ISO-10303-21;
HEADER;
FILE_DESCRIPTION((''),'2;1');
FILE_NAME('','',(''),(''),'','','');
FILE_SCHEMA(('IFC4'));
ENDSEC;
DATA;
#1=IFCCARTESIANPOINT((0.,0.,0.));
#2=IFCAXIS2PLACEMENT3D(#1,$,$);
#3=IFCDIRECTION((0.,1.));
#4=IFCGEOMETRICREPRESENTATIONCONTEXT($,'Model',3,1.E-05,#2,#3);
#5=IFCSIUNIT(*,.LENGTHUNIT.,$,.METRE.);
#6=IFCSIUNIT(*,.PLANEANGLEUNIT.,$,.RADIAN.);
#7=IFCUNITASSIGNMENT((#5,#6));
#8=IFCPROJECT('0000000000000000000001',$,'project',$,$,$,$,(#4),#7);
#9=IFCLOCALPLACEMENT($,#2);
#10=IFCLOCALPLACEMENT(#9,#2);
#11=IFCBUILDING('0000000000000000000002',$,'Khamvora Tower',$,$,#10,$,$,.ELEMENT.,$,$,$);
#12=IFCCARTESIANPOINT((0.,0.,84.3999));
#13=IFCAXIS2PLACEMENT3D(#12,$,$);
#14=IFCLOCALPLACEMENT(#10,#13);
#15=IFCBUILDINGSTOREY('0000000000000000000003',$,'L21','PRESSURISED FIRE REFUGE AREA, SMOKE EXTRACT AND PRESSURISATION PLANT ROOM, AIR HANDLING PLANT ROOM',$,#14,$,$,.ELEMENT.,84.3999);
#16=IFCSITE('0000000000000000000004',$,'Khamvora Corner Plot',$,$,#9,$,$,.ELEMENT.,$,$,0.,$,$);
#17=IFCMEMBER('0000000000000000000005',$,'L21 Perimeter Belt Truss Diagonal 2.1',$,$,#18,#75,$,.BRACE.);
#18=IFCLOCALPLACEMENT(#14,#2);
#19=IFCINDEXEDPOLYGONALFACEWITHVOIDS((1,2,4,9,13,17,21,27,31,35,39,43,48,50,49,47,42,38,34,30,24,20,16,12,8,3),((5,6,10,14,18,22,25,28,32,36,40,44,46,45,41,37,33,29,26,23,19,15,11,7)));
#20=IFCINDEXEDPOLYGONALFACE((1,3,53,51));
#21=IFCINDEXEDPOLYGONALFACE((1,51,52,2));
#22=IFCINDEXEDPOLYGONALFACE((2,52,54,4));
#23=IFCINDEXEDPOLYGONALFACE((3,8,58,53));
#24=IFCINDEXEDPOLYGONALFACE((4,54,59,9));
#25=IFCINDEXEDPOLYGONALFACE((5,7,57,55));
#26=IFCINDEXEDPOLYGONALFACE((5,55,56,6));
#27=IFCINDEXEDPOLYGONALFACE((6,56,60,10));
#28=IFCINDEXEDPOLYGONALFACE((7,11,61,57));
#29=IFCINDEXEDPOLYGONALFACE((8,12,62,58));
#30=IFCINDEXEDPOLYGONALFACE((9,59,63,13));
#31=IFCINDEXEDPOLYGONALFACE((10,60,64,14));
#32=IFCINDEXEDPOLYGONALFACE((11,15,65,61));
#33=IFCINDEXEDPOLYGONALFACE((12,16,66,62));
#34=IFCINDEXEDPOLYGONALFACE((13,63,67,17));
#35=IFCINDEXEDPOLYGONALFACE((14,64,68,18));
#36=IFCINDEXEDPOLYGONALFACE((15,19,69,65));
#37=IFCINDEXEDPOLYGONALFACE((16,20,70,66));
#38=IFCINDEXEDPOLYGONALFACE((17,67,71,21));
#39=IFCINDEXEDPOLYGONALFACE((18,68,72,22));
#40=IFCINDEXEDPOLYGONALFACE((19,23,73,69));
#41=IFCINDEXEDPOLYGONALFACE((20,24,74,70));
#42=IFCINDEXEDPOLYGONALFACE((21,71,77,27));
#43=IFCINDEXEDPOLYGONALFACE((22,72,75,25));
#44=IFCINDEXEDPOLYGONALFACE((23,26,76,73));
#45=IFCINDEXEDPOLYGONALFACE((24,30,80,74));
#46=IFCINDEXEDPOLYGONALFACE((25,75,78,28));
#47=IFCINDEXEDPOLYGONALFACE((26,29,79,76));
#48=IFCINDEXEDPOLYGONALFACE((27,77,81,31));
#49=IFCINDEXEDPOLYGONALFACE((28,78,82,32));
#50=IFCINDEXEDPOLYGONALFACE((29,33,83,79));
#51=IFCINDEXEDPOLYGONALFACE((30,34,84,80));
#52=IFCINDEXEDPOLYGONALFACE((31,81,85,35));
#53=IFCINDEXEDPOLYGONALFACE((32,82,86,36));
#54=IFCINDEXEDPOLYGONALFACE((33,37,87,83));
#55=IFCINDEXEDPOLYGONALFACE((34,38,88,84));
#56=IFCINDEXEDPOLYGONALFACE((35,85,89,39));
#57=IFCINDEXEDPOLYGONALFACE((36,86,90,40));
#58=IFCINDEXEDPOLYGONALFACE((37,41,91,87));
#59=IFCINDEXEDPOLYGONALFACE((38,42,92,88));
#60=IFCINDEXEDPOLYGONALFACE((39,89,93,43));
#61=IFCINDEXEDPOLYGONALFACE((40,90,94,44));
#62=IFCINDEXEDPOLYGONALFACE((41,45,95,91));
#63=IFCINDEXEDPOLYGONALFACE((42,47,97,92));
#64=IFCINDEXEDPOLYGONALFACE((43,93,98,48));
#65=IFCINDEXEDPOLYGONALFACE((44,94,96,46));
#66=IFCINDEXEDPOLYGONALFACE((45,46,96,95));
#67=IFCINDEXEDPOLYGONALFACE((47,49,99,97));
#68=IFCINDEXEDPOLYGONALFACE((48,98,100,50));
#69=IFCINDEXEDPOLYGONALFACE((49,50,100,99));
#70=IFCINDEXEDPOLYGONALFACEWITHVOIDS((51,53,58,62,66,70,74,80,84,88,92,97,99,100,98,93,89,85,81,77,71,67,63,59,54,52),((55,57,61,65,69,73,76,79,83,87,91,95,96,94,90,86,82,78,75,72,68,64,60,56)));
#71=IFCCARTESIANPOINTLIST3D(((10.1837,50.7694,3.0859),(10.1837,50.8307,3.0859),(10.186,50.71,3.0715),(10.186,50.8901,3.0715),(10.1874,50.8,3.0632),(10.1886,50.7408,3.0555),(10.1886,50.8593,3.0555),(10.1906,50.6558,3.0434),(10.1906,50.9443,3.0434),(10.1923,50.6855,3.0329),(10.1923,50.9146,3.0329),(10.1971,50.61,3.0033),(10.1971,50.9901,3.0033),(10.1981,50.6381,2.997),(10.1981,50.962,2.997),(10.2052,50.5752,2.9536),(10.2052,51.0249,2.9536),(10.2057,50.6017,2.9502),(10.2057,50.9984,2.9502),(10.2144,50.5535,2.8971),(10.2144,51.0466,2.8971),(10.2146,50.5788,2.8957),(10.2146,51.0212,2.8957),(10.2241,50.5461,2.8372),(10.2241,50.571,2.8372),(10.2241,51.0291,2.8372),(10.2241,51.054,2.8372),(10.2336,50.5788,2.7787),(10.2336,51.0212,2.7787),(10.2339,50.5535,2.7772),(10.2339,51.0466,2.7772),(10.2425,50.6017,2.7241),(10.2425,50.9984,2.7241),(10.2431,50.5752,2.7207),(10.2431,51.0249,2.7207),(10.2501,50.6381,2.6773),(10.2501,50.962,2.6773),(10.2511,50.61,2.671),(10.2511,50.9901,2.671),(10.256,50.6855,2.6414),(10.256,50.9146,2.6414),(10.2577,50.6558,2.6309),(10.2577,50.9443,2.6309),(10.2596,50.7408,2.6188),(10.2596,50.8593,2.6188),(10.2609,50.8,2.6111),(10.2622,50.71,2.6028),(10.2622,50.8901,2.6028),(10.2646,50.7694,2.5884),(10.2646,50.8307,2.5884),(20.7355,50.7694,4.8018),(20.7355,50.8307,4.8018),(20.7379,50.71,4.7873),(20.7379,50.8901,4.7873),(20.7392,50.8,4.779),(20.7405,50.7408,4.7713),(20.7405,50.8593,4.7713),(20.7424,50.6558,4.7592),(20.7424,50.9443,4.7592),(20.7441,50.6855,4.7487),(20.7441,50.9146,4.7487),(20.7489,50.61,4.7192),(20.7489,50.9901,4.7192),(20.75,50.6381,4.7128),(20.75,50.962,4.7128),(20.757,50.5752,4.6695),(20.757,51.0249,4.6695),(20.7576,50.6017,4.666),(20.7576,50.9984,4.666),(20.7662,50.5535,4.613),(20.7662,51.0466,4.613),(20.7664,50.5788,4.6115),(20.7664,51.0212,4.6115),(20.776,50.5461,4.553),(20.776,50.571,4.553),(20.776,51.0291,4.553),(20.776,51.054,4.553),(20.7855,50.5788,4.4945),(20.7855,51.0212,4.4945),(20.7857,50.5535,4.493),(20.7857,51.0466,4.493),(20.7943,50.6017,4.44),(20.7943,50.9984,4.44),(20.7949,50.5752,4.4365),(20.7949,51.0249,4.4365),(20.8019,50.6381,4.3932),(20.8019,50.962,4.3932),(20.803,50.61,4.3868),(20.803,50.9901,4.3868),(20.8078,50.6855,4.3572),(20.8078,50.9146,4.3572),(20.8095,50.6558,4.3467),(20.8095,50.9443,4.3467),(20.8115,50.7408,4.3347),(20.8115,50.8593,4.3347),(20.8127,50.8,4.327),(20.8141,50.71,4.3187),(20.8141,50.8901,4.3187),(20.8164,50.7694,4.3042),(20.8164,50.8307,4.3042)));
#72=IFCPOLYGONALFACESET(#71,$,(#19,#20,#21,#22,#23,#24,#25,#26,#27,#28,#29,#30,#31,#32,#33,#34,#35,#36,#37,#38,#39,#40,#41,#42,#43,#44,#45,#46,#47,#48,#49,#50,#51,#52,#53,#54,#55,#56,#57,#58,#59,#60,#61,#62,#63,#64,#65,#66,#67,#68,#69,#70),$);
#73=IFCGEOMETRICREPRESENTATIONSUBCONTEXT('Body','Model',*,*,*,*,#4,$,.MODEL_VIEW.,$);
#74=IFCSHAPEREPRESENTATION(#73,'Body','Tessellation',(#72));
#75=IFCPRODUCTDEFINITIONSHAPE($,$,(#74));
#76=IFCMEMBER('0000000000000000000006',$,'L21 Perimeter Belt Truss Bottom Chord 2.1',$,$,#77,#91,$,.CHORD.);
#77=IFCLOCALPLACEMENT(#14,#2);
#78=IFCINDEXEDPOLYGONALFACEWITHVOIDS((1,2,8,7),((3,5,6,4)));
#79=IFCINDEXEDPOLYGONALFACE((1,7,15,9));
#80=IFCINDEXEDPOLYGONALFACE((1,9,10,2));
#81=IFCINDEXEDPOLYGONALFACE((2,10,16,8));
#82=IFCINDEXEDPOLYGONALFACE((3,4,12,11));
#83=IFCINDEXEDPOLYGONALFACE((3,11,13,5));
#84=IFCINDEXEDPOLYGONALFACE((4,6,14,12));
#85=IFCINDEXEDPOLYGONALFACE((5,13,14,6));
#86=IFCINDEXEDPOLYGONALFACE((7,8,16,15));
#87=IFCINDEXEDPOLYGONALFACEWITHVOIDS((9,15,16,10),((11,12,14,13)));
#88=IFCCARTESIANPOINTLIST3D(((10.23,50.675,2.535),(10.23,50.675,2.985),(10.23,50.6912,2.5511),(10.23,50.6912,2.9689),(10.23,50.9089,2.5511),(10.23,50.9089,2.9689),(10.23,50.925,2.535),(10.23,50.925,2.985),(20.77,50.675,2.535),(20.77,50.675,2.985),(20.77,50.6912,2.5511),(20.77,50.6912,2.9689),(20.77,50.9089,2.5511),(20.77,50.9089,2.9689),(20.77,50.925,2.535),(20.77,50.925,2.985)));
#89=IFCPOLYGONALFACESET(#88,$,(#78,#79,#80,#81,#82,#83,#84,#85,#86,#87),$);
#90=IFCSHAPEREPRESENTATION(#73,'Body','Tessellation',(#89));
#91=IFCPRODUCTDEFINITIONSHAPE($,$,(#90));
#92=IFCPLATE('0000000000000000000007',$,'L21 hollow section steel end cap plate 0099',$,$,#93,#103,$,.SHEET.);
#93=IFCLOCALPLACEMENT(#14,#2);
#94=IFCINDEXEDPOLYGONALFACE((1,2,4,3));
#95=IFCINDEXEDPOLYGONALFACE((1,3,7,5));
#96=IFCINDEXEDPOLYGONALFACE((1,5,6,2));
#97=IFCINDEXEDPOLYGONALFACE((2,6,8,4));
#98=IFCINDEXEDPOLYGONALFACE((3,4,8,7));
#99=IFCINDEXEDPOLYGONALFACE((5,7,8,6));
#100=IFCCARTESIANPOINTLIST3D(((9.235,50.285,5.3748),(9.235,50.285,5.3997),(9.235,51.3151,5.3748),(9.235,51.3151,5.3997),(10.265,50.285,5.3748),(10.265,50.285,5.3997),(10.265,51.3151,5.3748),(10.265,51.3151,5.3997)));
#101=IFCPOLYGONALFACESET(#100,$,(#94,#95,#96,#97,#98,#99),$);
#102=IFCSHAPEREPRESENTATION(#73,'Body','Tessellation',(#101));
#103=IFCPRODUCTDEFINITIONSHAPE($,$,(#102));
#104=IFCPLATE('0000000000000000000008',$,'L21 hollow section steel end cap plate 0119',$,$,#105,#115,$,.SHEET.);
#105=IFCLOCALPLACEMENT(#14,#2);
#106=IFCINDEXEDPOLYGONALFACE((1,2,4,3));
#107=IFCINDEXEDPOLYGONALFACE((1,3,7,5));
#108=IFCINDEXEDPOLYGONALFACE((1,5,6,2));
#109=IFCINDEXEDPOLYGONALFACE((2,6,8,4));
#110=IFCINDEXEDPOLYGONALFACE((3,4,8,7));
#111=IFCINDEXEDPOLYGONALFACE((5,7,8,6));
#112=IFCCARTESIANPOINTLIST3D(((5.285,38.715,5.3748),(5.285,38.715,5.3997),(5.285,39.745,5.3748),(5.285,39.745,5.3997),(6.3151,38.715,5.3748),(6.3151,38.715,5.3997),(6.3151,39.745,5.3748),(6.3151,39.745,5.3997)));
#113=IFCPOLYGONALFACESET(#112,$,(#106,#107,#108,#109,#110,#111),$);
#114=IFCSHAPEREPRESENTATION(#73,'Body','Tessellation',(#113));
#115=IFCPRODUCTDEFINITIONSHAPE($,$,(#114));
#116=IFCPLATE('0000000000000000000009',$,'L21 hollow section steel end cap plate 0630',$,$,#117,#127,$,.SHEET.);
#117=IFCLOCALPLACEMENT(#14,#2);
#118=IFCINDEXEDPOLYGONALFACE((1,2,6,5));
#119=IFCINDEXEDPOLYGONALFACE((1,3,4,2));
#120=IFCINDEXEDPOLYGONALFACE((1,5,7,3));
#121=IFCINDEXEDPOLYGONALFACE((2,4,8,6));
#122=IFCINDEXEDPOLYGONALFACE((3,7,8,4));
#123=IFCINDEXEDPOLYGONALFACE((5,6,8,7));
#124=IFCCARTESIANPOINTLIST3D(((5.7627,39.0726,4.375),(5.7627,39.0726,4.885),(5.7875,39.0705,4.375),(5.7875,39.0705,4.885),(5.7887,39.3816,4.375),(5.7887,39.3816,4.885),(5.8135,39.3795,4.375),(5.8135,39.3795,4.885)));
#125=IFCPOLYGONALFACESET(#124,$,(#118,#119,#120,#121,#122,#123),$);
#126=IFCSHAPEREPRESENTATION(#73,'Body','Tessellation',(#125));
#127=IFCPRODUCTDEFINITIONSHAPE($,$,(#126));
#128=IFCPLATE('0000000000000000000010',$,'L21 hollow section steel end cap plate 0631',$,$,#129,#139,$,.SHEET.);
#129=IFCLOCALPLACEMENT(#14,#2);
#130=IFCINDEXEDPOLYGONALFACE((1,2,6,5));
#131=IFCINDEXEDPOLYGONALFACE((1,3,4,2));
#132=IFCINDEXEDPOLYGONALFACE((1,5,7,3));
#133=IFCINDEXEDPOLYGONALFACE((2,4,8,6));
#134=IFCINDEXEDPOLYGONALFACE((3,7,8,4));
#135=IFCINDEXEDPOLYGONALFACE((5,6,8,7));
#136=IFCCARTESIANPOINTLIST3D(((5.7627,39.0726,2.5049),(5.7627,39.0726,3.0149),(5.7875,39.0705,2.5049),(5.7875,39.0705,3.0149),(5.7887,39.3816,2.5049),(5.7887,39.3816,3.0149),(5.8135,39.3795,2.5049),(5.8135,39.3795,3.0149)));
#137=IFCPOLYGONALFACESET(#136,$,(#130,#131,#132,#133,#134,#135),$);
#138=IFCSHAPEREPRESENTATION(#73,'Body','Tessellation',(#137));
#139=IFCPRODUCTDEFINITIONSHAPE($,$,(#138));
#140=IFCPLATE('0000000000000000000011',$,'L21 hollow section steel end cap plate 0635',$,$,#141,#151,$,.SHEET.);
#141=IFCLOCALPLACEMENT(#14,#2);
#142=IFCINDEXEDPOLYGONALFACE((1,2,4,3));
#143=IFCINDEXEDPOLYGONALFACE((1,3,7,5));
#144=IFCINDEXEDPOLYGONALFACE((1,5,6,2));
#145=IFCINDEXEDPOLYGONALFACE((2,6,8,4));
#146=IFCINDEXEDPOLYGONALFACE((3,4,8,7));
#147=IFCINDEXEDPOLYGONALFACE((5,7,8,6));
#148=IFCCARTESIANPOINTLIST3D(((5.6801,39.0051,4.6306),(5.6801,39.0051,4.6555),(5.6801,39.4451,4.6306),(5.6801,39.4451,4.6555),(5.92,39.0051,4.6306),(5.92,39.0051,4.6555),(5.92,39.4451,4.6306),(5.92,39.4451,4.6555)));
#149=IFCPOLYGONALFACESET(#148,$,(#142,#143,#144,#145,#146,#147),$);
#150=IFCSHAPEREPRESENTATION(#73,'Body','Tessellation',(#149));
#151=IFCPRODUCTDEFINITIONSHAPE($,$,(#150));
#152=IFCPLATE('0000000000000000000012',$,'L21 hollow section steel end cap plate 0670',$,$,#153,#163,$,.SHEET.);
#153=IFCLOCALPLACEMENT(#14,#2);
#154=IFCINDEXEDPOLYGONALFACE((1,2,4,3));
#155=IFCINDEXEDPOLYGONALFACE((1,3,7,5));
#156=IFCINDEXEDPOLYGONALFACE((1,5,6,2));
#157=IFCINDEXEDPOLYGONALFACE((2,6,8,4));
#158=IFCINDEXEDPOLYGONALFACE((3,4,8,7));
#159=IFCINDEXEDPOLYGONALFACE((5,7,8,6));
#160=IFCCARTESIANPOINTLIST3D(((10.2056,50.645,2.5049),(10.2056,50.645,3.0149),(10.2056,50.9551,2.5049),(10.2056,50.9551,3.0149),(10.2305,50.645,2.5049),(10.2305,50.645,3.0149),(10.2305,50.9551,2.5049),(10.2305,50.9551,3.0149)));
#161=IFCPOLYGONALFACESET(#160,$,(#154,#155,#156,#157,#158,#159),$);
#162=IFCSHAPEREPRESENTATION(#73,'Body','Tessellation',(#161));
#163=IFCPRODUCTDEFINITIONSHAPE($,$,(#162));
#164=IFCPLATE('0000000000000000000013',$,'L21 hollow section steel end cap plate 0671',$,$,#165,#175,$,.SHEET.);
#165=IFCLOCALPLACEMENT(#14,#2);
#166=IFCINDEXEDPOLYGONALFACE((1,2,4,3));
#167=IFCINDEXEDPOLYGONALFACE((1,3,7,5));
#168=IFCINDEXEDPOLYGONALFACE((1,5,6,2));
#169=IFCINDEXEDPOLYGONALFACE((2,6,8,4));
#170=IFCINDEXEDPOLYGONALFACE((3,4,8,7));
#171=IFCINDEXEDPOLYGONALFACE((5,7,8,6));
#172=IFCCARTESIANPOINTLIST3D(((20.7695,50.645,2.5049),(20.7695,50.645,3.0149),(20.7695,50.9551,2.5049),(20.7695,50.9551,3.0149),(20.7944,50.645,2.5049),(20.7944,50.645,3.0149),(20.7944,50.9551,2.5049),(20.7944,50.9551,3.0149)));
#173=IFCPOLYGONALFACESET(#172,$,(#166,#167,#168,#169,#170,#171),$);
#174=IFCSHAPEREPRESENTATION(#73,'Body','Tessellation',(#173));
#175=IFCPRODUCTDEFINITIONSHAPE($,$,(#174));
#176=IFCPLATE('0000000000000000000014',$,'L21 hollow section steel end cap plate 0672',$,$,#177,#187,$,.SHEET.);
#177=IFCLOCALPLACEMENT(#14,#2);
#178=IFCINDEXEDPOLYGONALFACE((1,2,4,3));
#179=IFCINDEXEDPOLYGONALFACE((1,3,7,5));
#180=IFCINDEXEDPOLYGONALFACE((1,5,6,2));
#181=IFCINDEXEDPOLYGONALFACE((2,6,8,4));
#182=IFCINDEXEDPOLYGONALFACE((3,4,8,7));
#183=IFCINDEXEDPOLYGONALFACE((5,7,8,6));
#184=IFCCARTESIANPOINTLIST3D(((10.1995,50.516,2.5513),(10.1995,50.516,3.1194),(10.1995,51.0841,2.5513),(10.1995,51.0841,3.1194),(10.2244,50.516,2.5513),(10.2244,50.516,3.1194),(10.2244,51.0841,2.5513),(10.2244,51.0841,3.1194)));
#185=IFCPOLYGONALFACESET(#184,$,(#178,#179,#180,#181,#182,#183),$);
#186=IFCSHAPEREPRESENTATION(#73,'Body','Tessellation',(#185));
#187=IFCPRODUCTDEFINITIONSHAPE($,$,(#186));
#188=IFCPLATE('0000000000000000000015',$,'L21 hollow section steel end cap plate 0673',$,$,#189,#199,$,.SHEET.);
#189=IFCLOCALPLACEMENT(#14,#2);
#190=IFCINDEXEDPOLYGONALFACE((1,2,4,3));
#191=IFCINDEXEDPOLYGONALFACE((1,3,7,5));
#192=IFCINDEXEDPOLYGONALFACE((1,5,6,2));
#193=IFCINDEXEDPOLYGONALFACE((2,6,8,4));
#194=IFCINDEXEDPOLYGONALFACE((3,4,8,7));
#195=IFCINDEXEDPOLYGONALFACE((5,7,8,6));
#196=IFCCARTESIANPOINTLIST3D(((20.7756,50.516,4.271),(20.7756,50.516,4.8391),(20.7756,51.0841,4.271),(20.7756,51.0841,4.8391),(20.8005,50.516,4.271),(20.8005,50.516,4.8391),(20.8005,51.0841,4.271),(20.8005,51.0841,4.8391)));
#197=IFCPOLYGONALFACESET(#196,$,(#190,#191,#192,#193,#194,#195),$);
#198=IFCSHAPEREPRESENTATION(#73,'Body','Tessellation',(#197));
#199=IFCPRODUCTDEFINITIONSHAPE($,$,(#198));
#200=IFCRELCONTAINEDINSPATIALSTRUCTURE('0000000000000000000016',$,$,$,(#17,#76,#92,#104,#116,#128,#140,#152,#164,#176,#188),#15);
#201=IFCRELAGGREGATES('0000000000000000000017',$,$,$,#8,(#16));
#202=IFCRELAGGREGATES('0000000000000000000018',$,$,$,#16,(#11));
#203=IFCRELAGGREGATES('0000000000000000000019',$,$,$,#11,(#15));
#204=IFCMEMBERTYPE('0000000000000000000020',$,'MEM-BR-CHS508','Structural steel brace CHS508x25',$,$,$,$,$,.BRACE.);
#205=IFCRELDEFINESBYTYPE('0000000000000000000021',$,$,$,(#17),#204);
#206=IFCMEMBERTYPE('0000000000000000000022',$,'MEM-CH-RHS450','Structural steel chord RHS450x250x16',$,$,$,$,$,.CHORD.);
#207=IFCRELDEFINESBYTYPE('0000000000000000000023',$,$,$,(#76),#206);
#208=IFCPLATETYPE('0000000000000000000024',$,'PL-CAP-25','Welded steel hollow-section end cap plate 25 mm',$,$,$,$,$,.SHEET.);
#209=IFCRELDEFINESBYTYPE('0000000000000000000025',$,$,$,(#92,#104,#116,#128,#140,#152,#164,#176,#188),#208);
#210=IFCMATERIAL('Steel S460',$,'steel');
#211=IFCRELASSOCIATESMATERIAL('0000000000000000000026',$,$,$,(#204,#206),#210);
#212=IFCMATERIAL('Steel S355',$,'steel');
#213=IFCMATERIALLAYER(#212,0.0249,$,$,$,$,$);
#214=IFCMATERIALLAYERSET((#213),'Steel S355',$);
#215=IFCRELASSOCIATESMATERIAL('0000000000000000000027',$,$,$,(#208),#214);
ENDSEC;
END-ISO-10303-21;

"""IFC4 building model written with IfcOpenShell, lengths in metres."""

from ifc_helpers import new_model, si_unit, direction, frame, origin, origin_2d, place, context, subcontext, project, spatial, rectangle, hollow_rectangle, hollow_circle, extrude, material, layer, layer_set, material_profile, profile_set, type_object, element, save


model = new_model("IFC4")

# Units and contexts
model_context = context("Model", 3, precision=1e-05, world=origin(), true_north=direction((0.0, 1.0)))
body_context = subcontext(model_context, "Body", "Model", "MODEL_VIEW")
ifc_project = project(units=[si_unit("LENGTHUNIT", "METRE"), si_unit("PLANEANGLEUNIT", "RADIAN")], contexts=[model_context])

# Site, building, storey
site_placement = place(None, origin())
site = spatial("IfcSite", under=ifc_project, at=site_placement, Name="Khamvora Corner Plot", CompositionType="ELEMENT", RefElevation=0.0)
building_placement = place(site_placement, origin())
building = spatial("IfcBuilding", under=site, at=building_placement, Name="Khamvora Tower", CompositionType="ELEMENT")
storey_placement = place(building_placement, frame((0.0, 0.0, 84.3999)))
storey = spatial("IfcBuildingStorey", under=building, at=storey_placement, Name="L21", Description="PRESSURISED FIRE REFUGE AREA, SMOKE EXTRACT AND PRESSURISATION PLANT ROOM, AIR HANDLING PLANT ROOM", CompositionType="ELEMENT", Elevation=84.3999)

# Shared definitions
ifc_material_1 = material(Name="Steel S355", Category="steel")

# Shared definitions
ifc_material_2 = material(Name="Steel S460", Category="steel")

# Members
ifc_material_profile_1 = material_profile(ifc_material_2, hollow_circle(Radius=0.2539, WallThickness=0.0249, at=origin_2d()), Name="CHS508x25")
ifc_profile_set_1 = profile_set([ifc_material_profile_1], Name="Steel S460")
member_type_1 = type_object("IfcMemberType", Name="MEM-BR-CHS508", Description="Structural steel brace CHS508x25", PredefinedType="BRACE", material=ifc_profile_set_1)
member_1_placement = place(storey_placement, frame((10.2241, 50.8, 2.8372), z_axis=(0.987036, 0.0, 0.160502), x_axis=(0.0, 1.0, 0.0)))
element("IfcMember", 1, at=member_1_placement, inside=storey, type_object=member_type_1, Name="L21 Perimeter Belt Truss Diagonal 2.1", PredefinedType="BRACE", context=body_context, shape_type="SweptSolid", body=[
    extrude(hollow_circle(Radius=0.2539, WallThickness=0.0249, at=origin_2d()), origin(), (0.0, 0.0, 1.0), 10.6904),
])
ifc_material_profile_2 = material_profile(ifc_material_2, hollow_rectangle(XDim=0.25, YDim=0.45, WallThickness=0.0161, at=origin_2d()), Name="RHS450x250x16")
ifc_profile_set_2 = profile_set([ifc_material_profile_2], Name="Steel S460")
member_type_2 = type_object("IfcMemberType", Name="MEM-CH-RHS450", Description="Structural steel chord RHS450x250x16", PredefinedType="CHORD", material=ifc_profile_set_2)
member_2_placement = place(storey_placement, frame((10.23, 50.8, 2.76), z_axis=(1.0, 0.0, 0.0), x_axis=(0.0, 1.0, 0.0)))
element("IfcMember", 2, at=member_2_placement, inside=storey, type_object=member_type_2, Name="L21 Perimeter Belt Truss Bottom Chord 2.1", PredefinedType="CHORD", context=body_context, shape_type="SweptSolid", body=[
    extrude(hollow_rectangle(XDim=0.25, YDim=0.45, WallThickness=0.0161, at=origin_2d()), origin(), (0.0, 0.0, 1.0), 10.54),
])

# Plates
ifc_layer_1 = layer(ifc_material_1, 0.0249)
ifc_layer_set_1 = layer_set([ifc_layer_1], Name="Steel S355")
plate_type_1 = type_object("IfcPlateType", Name="PL-CAP-25", Description="Welded steel hollow-section end cap plate 25 mm", PredefinedType="SHEET", material=ifc_layer_set_1)
for number, where, z_axis, x_axis, name in (
    (3, (9.75, 50.8, 5.3748), (0.0, 0.0, 1.0), (1.0, 0.0, 0.0), "L21 hollow section steel end cap plate 0099"),
    (4, (5.8, 39.23, 5.3748), (0.0, 0.0, 1.0), (1.0, 0.0, 0.0), "L21 hollow section steel end cap plate 0119"),
):
    element("IfcPlate", number, at=place(storey_placement, frame(where, z_axis=z_axis, x_axis=x_axis)), inside=storey, type_object=plate_type_1, Name=name, PredefinedType="SHEET", context=body_context, shape_type="SweptSolid", body=[
        extrude(rectangle(XDim=1.03, YDim=1.03, at=origin_2d()), origin(), (0.0, 0.0, 1.0), 0.0249),
    ])
for number, where, z_axis, x_axis, name in (
    (5, (5.7881, 39.2261, 4.375), (0.0, 0.0, 1.0), (-0.996488, 0.08373, 0.0), "L21 hollow section steel end cap plate 0630"),
    (6, (5.7881, 39.2261, 2.5049), (0.0, 0.0, 1.0), (-0.996488, 0.08373, 0.0), "L21 hollow section steel end cap plate 0631"),
):
    element("IfcPlate", number, at=place(storey_placement, frame(where, z_axis=z_axis, x_axis=x_axis)), inside=storey, type_object=plate_type_1, Name=name, PredefinedType="SHEET", context=body_context, shape_type="SweptSolid", body=[
        extrude(rectangle(XDim=0.0249, YDim=0.3101, at=origin_2d()), origin(), (0.0, 0.0, 1.0), 0.51),
    ])
plate_placement = place(storey_placement, frame((5.8, 39.2251, 4.6306), z_axis=(0.0, 0.0, 1.0), x_axis=(1.0, 0.0, 0.0)))
element("IfcPlate", 7, at=plate_placement, inside=storey, type_object=plate_type_1, Name="L21 hollow section steel end cap plate 0635", PredefinedType="SHEET", context=body_context, shape_type="SweptSolid", body=[
    extrude(rectangle(XDim=0.24, YDim=0.4399, at=origin_2d()), origin(), (0.0, 0.0, 1.0), 0.0249),
])
for number, where, z_axis, x_axis, name in (
    (8, (10.218, 50.8, 2.5049), (0.0, 0.0, 1.0), (1.0, 0.0, 0.0), "L21 hollow section steel end cap plate 0670"),
    (9, (20.782, 50.8, 2.5049), (0.0, 0.0, 1.0), (1.0, 0.0, 0.0), "L21 hollow section steel end cap plate 0671"),
):
    element("IfcPlate", number, at=place(storey_placement, frame(where, z_axis=z_axis, x_axis=x_axis)), inside=storey, type_object=plate_type_1, Name=name, PredefinedType="SHEET", context=body_context, shape_type="SweptSolid", body=[
        extrude(rectangle(XDim=0.0249, YDim=0.3101, at=origin_2d()), origin(), (0.0, 0.0, 1.0), 0.51),
    ])
for number, where, z_axis, x_axis, name in (
    (10, (10.2119, 50.8, 2.5513), (0.0, 0.0, 1.0), (1.0, 0.0, 0.0), "L21 hollow section steel end cap plate 0672"),
    (11, (20.7881, 50.8, 4.271), (0.0, 0.0, 1.0), (1.0, 0.0, 0.0), "L21 hollow section steel end cap plate 0673"),
):
    element("IfcPlate", number, at=place(storey_placement, frame(where, z_axis=z_axis, x_axis=x_axis)), inside=storey, type_object=plate_type_1, Name=name, PredefinedType="SHEET", context=body_context, shape_type="SweptSolid", body=[
        extrude(rectangle(XDim=0.0249, YDim=0.5681, at=origin_2d()), origin(), (0.0, 0.0, 1.0), 0.5681),
    ])

save(model, "model.ifc")
